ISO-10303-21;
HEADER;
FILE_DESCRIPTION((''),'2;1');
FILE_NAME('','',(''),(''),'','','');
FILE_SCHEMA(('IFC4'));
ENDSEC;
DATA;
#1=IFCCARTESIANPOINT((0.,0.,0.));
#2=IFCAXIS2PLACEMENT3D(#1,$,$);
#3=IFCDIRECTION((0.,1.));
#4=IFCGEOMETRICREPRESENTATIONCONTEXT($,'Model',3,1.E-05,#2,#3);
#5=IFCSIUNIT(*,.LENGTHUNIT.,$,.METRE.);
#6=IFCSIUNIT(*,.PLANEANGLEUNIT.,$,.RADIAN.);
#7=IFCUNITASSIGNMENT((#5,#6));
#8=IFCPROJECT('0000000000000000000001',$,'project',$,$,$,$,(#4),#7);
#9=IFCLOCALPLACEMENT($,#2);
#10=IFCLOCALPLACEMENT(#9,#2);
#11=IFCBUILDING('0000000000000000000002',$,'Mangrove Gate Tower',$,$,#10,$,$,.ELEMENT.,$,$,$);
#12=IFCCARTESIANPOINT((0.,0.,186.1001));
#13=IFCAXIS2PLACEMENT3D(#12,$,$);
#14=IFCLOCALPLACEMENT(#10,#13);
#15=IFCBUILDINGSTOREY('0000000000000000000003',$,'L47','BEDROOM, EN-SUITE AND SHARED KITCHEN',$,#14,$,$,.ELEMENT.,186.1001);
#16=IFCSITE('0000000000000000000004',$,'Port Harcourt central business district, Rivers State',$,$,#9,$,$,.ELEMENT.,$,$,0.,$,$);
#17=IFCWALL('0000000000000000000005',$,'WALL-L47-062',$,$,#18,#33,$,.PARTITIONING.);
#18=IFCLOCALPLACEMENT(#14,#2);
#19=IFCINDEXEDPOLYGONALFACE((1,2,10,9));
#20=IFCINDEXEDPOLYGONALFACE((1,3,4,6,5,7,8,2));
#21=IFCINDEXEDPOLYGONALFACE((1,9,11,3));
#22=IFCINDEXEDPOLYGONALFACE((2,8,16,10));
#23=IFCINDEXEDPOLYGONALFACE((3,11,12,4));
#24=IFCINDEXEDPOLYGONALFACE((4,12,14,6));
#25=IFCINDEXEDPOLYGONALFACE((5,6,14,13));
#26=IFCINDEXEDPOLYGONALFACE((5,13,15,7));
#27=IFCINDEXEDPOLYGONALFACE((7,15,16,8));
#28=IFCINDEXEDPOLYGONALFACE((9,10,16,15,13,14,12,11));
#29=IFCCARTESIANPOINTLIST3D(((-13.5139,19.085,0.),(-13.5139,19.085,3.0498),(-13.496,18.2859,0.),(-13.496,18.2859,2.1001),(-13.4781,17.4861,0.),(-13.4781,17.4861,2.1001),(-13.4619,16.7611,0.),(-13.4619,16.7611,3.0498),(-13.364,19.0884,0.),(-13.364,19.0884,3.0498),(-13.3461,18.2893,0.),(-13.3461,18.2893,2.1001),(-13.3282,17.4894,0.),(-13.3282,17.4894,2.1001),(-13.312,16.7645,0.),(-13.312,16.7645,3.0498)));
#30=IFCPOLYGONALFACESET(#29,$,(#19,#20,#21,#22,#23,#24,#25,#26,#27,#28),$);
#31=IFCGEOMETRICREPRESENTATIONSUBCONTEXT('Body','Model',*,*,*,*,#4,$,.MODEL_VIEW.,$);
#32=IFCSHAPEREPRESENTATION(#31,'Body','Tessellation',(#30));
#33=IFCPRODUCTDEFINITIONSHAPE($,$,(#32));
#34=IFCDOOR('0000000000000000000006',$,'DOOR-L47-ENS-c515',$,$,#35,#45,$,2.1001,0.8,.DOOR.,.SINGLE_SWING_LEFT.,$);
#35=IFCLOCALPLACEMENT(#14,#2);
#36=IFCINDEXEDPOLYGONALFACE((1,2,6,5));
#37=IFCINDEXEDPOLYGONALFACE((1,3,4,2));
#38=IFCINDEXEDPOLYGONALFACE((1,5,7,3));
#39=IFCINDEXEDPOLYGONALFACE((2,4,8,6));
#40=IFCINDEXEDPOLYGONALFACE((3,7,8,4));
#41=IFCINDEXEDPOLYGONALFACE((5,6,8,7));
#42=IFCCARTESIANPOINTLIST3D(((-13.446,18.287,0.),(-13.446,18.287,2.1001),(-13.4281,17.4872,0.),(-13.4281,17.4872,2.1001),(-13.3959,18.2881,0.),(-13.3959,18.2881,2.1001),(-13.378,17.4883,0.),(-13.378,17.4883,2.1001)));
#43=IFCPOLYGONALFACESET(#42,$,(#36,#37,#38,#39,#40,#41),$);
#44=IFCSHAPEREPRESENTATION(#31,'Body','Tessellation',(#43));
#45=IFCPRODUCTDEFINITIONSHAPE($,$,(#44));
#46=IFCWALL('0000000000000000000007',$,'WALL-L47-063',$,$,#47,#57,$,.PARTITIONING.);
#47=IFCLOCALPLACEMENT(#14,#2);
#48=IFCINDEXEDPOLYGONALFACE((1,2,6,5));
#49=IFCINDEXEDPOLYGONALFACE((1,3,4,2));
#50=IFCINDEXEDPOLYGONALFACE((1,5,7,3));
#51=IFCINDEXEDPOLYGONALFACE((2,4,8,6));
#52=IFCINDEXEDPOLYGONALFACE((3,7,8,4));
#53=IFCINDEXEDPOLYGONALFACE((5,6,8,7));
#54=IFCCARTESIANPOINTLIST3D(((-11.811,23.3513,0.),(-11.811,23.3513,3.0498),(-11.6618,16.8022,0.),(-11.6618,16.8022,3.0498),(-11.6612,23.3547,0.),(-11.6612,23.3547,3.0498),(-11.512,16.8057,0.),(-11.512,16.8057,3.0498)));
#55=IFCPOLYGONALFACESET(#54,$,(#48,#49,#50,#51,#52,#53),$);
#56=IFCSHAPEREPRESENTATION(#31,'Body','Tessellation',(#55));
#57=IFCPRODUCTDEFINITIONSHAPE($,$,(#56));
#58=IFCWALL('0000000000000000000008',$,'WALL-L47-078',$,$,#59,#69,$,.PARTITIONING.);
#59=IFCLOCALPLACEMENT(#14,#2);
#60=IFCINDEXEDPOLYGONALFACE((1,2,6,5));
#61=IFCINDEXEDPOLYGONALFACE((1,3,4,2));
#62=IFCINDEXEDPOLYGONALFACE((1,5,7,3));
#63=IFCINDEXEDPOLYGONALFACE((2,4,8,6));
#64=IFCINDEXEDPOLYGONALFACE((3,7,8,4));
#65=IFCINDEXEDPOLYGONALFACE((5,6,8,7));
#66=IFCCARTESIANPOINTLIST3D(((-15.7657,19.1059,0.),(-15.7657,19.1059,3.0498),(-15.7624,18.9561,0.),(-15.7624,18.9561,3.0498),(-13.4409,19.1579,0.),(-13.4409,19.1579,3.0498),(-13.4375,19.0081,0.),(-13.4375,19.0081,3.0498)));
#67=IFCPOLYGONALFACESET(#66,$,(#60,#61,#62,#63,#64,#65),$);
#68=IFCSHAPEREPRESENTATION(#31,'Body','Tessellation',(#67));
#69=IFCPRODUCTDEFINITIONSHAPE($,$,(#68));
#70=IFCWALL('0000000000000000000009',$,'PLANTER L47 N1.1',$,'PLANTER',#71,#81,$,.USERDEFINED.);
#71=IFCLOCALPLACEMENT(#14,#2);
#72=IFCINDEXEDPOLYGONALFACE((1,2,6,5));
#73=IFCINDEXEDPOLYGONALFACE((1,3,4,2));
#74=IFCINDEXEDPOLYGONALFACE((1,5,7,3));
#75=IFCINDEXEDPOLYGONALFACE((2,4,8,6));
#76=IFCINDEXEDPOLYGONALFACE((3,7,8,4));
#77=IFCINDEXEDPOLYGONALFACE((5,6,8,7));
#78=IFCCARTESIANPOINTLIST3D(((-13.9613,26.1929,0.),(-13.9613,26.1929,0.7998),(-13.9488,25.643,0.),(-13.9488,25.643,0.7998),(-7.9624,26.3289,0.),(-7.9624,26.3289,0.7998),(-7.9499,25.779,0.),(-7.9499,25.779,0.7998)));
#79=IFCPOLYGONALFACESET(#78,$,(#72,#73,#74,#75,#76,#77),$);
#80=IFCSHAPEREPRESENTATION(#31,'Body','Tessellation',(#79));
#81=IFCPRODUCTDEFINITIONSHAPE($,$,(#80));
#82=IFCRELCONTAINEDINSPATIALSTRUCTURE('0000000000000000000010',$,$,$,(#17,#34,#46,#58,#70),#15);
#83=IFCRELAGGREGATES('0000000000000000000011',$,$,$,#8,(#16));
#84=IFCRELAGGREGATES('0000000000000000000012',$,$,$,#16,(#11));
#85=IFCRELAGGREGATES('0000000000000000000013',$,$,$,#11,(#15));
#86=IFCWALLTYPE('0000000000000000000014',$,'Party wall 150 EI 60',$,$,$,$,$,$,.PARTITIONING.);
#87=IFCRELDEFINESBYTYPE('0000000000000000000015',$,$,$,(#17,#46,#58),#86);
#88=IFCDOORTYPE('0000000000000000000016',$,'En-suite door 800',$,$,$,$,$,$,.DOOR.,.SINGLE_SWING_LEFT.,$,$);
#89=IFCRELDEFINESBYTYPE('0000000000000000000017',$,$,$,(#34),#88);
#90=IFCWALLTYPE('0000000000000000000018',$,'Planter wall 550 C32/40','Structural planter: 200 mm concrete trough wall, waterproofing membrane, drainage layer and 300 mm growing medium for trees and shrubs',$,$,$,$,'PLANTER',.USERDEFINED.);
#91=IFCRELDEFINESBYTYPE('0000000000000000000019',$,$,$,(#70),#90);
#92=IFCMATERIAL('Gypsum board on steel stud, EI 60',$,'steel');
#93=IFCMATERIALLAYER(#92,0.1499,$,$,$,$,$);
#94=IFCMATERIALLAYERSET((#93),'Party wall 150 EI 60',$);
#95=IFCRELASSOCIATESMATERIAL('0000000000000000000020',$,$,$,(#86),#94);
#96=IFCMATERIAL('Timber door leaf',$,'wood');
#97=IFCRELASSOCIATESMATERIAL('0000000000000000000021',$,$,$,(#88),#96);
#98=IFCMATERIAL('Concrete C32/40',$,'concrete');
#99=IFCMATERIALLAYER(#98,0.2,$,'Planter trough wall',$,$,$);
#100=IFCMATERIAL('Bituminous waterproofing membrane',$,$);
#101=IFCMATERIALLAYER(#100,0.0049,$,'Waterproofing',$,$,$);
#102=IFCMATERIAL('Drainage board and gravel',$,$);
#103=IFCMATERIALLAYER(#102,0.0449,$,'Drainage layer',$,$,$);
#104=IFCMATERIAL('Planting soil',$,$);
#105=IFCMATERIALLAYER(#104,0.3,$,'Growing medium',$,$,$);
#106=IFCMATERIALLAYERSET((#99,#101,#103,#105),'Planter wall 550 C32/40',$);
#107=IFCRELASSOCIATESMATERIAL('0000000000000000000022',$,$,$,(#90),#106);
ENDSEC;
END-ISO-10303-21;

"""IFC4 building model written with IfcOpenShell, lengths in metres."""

from ifc_helpers import new_model, si_unit, direction, frame, frame_2d, origin, place, context, subcontext, project, spatial, rectangle, extrude, material, layer, layer_set, type_object, element, fill, save


model = new_model("IFC4")

# Units and contexts
model_context = context("Model", 3, precision=1e-05, world=origin(), true_north=direction((0.0, 1.0)))
body_context = subcontext(model_context, "Body", "Model", "MODEL_VIEW")
ifc_project = project(units=[si_unit("LENGTHUNIT", "METRE"), si_unit("PLANEANGLEUNIT", "RADIAN")], contexts=[model_context])

# Site, building, storey
site_placement = place(None, origin())
site = spatial("IfcSite", under=ifc_project, at=site_placement, Name="Port Harcourt central business district, Rivers State", CompositionType="ELEMENT", RefElevation=0.0)
building_placement = place(site_placement, origin())
building = spatial("IfcBuilding", under=site, at=building_placement, Name="Mangrove Gate Tower", CompositionType="ELEMENT")
storey_placement = place(building_placement, frame((0.0, 0.0, 186.1001)))
storey = spatial("IfcBuildingStorey", under=building, at=storey_placement, Name="L47", Description="BEDROOM, EN-SUITE AND SHARED KITCHEN", CompositionType="ELEMENT", Elevation=186.1001)

# Shared definitions
ifc_material_1 = material(Name="Gypsum board on steel stud, EI 60", Category="steel")
ifc_layer_1 = layer(ifc_material_1, 0.1499)
ifc_layer_set_1 = layer_set([ifc_layer_1], Name="Party wall 150 EI 60")
wall_type_1 = type_object("IfcWallType", Name="Party wall 150 EI 60", PredefinedType="PARTITIONING", material=ifc_layer_set_1)

# Wall, opening, door
wall_1_placement = place(storey_placement, frame((-13.387, 16.7629, 0.0), z_axis=(0.0, 0.0, 1.0), x_axis=(-0.022371, 0.99975, 0.0)))
wall_1 = element("IfcWall", 1, at=wall_1_placement, inside=storey, type_object=wall_type_1, Name="WALL-L47-062", PredefinedType="PARTITIONING", context=body_context, shape_type="SweptSolid", body=[
    extrude(rectangle(XDim=2.3245, YDim=0.1499, at=frame_2d((1.1621, 0.0))), origin(), (0.0, 0.0, 1.0), 3.0498),
])
opening_1_placement = place(wall_1_placement, frame((0.7251, 0.0, 0.0)))
opening_1 = element("IfcOpeningElement", 2, at=opening_1_placement, cuts=wall_1, PredefinedType="OPENING", context=body_context, shape_type="SweptSolid", body=[
    extrude(rectangle(XDim=0.8, YDim=2.1001, at=frame_2d((0.3999, 1.05))), frame((0.0, 0.085, 0.0), z_axis=(0.0, -1.0, 0.0), x_axis=(1.0, 0.0, 0.0)), (0.0, 0.0, 1.0), 0.1699),
])
ifc_material_2 = material(Name="Timber door leaf", Category="wood")
door_type_1 = type_object("IfcDoorType", Name="En-suite door 800", OperationType="SINGLE_SWING_LEFT", PredefinedType="DOOR", material=ifc_material_2)
door_1_placement = place(opening_1_placement, origin())
door_1 = element("IfcDoor", 3, at=door_1_placement, inside=storey, type_object=door_type_1, Name="DOOR-L47-ENS-c515", OperationType="SINGLE_SWING_LEFT", OverallHeight=2.1001, OverallWidth=0.8, PredefinedType="DOOR", context=body_context, shape_type="SweptSolid", body=[
    extrude(rectangle(XDim=0.8, YDim=2.1001, at=frame_2d((0.3999, 1.05))), frame((0.0, 0.0249, 0.0), z_axis=(0.0, -1.0, 0.0), x_axis=(1.0, 0.0, 0.0)), (0.0, 0.0, 1.0), 0.05),
])
fill(opening_1, door_1)

# Walls
wall_2_placement = place(storey_placement, frame((-11.5869, 16.804, 0.0), z_axis=(0.0, 0.0, 1.0), x_axis=(-0.022771, 0.999741, 0.0)))
element("IfcWall", 4, at=wall_2_placement, inside=storey, type_object=wall_type_1, Name="WALL-L47-063", PredefinedType="PARTITIONING", context=body_context, shape_type="SweptSolid", body=[
    extrude(rectangle(XDim=6.5508, YDim=0.1499, at=frame_2d((3.2754, 0.0))), origin(), (0.0, 0.0, 1.0), 3.0498),
])
wall_3_placement = place(storey_placement, frame((-15.7639, 19.031, 0.0), z_axis=(0.0, 0.0, 1.0), x_axis=(0.99975, 0.022361, 0.0)))
element("IfcWall", 5, at=wall_3_placement, inside=storey, type_object=wall_type_1, Name="WALL-L47-078", PredefinedType="PARTITIONING", context=body_context, shape_type="SweptSolid", body=[
    extrude(rectangle(XDim=2.3254, YDim=0.1499, at=frame_2d((1.1626, 0.0))), origin(), (0.0, 0.0, 1.0), 3.0498),
])
ifc_material_3 = material(Name="Concrete C32/40", Category="concrete")
ifc_layer_2 = layer(ifc_material_3, 0.2, Name="Planter trough wall")
ifc_material_4 = material(Name="Bituminous waterproofing membrane")
ifc_layer_3 = layer(ifc_material_4, 0.0049, Name="Waterproofing")
ifc_material_5 = material(Name="Drainage board and gravel")
ifc_layer_4 = layer(ifc_material_5, 0.0449, Name="Drainage layer")
ifc_material_6 = material(Name="Planting soil")
ifc_layer_5 = layer(ifc_material_6, 0.3, Name="Growing medium")
ifc_layer_set_2 = layer_set([ifc_layer_2, ifc_layer_3, ifc_layer_4, ifc_layer_5], Name="Planter wall 550 C32/40")
wall_type_2 = type_object("IfcWallType", Name="Planter wall 550 C32/40", Description="Structural planter: 200 mm concrete trough wall, waterproofing membrane, drainage layer and 300 mm growing medium for trees and shrubs", ElementType="PLANTER", PredefinedType="USERDEFINED", material=ifc_layer_set_2)
wall_4_placement = place(storey_placement, frame((-13.9551, 25.918, 0.0), z_axis=(0.0, 0.0, 1.0), x_axis=(0.999743, 0.022662, 0.0)))
element("IfcWall", 6, at=wall_4_placement, inside=storey, type_object=wall_type_2, Name="PLANTER L47 N1.1", ObjectType="PLANTER", PredefinedType="USERDEFINED", context=body_context, shape_type="SweptSolid", body=[
    extrude(rectangle(XDim=6.0005, YDim=0.55, at=frame_2d((3.0002, 0.0))), origin(), (0.0, 0.0, 1.0), 0.7998),
])

save(model, "model.ifc")
